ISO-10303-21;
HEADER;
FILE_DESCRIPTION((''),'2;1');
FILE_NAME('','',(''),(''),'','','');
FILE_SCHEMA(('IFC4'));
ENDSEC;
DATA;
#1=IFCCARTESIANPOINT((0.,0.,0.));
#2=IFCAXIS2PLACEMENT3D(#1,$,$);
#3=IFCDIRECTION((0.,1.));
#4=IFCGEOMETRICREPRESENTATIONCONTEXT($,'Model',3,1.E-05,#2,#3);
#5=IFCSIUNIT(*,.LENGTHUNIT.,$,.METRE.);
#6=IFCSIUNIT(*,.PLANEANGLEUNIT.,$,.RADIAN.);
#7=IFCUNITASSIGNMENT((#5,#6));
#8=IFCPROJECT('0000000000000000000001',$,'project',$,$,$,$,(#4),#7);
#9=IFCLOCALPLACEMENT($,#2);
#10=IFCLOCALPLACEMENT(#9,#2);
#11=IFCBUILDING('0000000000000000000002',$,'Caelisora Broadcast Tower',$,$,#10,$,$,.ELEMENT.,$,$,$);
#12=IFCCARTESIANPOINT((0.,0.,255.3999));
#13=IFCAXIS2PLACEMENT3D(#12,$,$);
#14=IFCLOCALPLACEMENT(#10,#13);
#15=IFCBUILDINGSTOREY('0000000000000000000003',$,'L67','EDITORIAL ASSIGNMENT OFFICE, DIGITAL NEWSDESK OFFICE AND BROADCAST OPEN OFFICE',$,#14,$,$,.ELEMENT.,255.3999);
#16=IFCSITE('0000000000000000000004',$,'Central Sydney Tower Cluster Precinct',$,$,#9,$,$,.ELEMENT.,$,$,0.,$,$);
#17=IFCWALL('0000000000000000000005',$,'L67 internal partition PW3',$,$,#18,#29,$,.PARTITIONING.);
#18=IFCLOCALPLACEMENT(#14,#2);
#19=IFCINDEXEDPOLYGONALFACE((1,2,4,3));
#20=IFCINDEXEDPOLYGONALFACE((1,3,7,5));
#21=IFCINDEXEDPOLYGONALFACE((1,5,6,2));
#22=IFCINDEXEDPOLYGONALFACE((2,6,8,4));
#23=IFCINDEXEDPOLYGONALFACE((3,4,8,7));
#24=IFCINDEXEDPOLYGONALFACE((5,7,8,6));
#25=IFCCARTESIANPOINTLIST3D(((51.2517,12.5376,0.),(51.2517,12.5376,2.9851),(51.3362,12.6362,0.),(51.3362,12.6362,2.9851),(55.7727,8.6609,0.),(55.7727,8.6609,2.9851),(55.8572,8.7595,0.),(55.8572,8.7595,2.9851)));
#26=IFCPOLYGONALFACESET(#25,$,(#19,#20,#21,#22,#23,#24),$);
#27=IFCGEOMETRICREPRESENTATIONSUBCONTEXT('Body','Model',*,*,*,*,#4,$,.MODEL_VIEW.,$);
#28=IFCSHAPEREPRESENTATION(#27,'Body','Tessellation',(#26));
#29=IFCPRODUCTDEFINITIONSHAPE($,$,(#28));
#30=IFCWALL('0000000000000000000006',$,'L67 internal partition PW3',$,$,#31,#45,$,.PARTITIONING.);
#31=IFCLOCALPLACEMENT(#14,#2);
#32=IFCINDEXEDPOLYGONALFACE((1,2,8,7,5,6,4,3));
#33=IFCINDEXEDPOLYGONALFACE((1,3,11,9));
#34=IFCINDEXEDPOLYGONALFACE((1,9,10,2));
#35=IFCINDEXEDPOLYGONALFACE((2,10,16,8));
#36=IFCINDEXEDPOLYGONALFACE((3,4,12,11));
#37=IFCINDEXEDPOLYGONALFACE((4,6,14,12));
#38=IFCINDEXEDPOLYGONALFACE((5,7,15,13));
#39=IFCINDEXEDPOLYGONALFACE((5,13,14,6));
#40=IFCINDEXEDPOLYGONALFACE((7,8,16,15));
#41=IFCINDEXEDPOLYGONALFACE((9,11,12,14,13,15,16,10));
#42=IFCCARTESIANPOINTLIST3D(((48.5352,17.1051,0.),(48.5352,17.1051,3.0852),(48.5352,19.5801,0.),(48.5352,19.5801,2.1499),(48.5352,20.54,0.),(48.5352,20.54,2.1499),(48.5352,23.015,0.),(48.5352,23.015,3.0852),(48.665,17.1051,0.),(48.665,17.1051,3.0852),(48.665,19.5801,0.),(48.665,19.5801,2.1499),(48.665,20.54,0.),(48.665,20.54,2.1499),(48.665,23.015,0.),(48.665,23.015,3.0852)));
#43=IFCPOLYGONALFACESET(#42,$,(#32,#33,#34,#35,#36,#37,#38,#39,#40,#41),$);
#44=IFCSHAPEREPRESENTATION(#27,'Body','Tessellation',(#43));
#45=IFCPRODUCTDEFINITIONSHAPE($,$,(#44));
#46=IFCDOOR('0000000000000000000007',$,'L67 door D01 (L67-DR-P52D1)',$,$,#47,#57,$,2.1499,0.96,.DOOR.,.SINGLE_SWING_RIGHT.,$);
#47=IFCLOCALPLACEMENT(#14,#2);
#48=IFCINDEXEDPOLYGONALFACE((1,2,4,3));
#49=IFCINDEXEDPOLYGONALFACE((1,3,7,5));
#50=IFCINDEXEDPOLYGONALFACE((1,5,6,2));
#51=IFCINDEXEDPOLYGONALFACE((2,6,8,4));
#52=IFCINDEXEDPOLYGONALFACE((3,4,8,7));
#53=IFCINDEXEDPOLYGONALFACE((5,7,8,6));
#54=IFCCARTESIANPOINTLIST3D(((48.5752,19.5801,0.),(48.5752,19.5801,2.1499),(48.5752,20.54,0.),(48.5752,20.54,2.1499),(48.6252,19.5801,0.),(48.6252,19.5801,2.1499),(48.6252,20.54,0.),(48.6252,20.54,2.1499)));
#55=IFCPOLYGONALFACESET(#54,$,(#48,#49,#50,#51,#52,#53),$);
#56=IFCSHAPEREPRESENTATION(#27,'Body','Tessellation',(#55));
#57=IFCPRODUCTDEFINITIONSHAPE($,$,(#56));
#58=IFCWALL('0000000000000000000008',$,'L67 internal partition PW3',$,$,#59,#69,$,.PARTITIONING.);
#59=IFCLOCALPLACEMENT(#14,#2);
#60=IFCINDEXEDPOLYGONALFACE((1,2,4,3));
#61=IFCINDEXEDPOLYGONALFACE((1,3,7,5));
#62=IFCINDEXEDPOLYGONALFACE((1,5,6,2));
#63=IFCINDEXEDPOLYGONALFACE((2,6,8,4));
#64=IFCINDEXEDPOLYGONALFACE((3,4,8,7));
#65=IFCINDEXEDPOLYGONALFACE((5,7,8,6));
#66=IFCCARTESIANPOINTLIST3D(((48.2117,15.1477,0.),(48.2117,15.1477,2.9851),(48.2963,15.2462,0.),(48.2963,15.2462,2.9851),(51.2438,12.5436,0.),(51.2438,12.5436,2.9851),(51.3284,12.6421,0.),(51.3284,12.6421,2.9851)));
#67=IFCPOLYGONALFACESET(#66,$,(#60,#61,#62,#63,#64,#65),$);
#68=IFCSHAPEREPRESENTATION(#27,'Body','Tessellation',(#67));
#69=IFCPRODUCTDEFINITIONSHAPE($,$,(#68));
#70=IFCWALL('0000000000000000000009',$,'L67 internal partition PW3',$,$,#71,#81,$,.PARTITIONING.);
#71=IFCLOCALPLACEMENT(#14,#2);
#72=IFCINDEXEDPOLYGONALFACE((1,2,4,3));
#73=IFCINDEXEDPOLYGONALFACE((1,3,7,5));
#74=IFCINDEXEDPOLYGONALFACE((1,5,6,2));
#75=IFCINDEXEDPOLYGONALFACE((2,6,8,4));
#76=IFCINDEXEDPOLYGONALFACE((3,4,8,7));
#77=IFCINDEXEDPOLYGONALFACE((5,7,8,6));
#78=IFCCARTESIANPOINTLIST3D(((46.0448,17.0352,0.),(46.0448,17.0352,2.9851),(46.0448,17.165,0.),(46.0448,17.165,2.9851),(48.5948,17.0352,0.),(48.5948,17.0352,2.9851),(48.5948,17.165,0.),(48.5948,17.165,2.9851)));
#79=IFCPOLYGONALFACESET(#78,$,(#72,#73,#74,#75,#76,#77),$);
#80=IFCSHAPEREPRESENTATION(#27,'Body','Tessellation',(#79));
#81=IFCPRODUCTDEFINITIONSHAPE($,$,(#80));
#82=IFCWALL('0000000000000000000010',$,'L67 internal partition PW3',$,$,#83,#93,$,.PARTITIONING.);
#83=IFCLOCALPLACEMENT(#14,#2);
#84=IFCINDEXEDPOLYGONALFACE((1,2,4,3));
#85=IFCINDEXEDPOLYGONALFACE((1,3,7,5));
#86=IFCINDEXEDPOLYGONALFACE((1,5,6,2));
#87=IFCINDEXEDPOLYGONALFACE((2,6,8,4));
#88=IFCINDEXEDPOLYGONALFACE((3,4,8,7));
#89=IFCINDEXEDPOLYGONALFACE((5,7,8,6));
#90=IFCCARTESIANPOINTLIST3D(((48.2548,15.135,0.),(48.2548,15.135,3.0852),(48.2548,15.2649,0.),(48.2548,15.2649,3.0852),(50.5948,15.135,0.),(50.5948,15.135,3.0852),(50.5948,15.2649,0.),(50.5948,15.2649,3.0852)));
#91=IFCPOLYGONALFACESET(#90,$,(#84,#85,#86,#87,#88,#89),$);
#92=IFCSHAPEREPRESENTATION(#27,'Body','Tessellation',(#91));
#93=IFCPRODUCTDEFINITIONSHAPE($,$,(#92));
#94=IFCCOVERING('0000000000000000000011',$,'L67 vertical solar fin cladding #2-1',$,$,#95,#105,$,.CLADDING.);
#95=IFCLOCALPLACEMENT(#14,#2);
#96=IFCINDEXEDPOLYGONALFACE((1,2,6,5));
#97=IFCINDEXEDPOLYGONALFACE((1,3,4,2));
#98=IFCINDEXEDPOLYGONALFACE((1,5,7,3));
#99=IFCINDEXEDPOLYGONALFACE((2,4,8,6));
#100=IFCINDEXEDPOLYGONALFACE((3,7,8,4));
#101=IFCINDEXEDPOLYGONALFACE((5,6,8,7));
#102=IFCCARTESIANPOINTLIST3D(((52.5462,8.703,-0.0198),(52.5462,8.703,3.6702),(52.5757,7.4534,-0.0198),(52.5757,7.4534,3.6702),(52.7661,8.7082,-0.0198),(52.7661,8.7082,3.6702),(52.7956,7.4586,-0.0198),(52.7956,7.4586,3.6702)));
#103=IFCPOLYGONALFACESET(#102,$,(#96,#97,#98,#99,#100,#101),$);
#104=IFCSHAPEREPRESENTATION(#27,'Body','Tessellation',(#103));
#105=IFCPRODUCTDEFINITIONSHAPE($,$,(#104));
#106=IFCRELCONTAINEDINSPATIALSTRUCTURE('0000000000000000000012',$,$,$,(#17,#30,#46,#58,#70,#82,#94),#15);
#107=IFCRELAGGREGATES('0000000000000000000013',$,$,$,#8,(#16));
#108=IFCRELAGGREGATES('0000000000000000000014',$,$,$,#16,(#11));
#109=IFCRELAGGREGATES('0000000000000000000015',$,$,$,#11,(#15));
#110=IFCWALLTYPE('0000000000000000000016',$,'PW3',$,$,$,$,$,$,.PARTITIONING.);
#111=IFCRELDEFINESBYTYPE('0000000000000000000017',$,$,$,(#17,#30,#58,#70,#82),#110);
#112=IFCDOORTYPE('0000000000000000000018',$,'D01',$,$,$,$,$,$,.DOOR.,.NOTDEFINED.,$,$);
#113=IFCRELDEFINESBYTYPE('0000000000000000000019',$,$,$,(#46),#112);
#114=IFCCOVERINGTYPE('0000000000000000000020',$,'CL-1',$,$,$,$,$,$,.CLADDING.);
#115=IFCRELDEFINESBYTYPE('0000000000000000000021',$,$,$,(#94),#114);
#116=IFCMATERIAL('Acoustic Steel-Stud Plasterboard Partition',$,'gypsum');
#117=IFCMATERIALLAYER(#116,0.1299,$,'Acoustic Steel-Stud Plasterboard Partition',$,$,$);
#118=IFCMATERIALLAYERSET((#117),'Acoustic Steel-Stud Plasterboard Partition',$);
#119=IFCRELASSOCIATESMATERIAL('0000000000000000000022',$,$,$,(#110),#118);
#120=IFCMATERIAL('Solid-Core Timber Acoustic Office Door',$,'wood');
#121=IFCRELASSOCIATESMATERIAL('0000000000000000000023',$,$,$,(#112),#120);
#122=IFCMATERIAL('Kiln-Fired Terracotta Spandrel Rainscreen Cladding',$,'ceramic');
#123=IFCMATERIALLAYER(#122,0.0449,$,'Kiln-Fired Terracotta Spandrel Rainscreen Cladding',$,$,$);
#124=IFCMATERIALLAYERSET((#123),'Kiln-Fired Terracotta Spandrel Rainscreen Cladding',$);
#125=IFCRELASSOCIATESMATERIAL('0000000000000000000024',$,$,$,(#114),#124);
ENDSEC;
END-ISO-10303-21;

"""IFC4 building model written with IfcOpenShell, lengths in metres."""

from ifc_helpers import new_model, si_unit, direction, frame, frame_2d, origin, origin_2d, place, context, subcontext, project, spatial, rectangle, extrude, source, transform, mapped, material, layer, layer_set, type_object, type_shapes, element, fill, save


model = new_model("IFC4")

# Units and contexts
model_context = context("Model", 3, precision=1e-05, world=origin(), true_north=direction((0.0, 1.0)))
body_context = subcontext(model_context, "Body", "Model", "MODEL_VIEW")
ifc_project = project(units=[si_unit("LENGTHUNIT", "METRE"), si_unit("PLANEANGLEUNIT", "RADIAN")], contexts=[model_context])

# Site, building, storey
site_placement = place(None, origin())
site = spatial("IfcSite", under=ifc_project, at=site_placement, Name="Central Sydney Tower Cluster Precinct", CompositionType="ELEMENT", RefElevation=0.0)
building_placement = place(site_placement, origin())
building = spatial("IfcBuilding", under=site, at=building_placement, Name="Caelisora Broadcast Tower", CompositionType="ELEMENT")
storey_placement = place(building_placement, frame((0.0, 0.0, 255.3999)))
storey = spatial("IfcBuildingStorey", under=building, at=storey_placement, Name="L67", Description="EDITORIAL ASSIGNMENT OFFICE, DIGITAL NEWSDESK OFFICE AND BROADCAST OPEN OFFICE", CompositionType="ELEMENT", Elevation=255.3999)

# Shared definitions
ifc_material_1 = material(Name="Acoustic Steel-Stud Plasterboard Partition", Category="gypsum")
ifc_layer_1 = layer(ifc_material_1, 0.1299, Name="Acoustic Steel-Stud Plasterboard Partition")
ifc_layer_set_1 = layer_set([ifc_layer_1], Name="Acoustic Steel-Stud Plasterboard Partition")
wall_type = type_object("IfcWallType", Name="PW3", PredefinedType="PARTITIONING", material=ifc_layer_set_1)
ifc_material_2 = material(Name="Solid-Core Timber Acoustic Office Door", Category="wood")
door_type = type_object("IfcDoorType", Name="D01", OperationType="NOTDEFINED", PredefinedType="DOOR", material=ifc_material_2)

# Wall
wall_1_placement = place(storey_placement, frame((51.2939, 12.5869, 0.0), z_axis=(0.0, 0.0, 1.0), x_axis=(0.759126, -0.650943, 0.0)))
element("IfcWall", 1, at=wall_1_placement, inside=storey, type_object=wall_type, Name="L67 internal partition PW3", PredefinedType="PARTITIONING", context=body_context, shape_type="SweptSolid", body=[
    extrude(rectangle(XDim=5.9556, YDim=0.1299, at=frame_2d((2.9778, 0.0))), origin(), (0.0, 0.0, 1.0), 2.9851),
])

# Wall, opening, door
wall_2_placement = place(storey_placement, frame((48.6001, 17.105, 0.0), z_axis=(0.0, 0.0, 1.0), x_axis=(0.0, 1.0, 0.0)))
wall_2 = element("IfcWall", 2, at=wall_2_placement, inside=storey, type_object=wall_type, Name="L67 internal partition PW3", PredefinedType="PARTITIONING", context=body_context, shape_type="SweptSolid", body=[
    extrude(rectangle(XDim=5.9099, YDim=0.1299, at=frame_2d((2.9551, 0.0))), origin(), (0.0, 0.0, 1.0), 3.0852),
])
opening_1_placement = place(wall_2_placement, frame((2.4751, 0.0, 0.0)))
opening_1 = element("IfcOpeningElement", 3, at=opening_1_placement, cuts=wall_2, PredefinedType="OPENING", context=body_context, shape_type="SweptSolid", body=[
    extrude(rectangle(XDim=0.96, YDim=2.1499, at=frame_2d((0.48, 1.075))), frame((0.0, 0.0769, 0.0), z_axis=(0.0, -1.0, 0.0), x_axis=(1.0, 0.0, 0.0)), (0.0, 0.0, 1.0), 0.1538),
])
door_1_placement = place(opening_1_placement, origin())
door_1 = element("IfcDoor", 4, at=door_1_placement, inside=storey, type_object=door_type, Name="L67 door D01 (L67-DR-P52D1)", OperationType="SINGLE_SWING_RIGHT", OverallHeight=2.1499, OverallWidth=0.96, PredefinedType="DOOR", context=body_context, shape_type="SweptSolid", body=[
    extrude(rectangle(XDim=0.96, YDim=2.1499, at=frame_2d((0.48, 1.075))), frame((0.0, 0.0249, 0.0), z_axis=(0.0, -1.0, 0.0), x_axis=(1.0, 0.0, 0.0)), (0.0, 0.0, 1.0), 0.05),
])
fill(opening_1, door_1)

# Walls
wall_3_placement = place(storey_placement, frame((48.2539, 15.197, 0.0), z_axis=(0.0, 0.0, 1.0), x_axis=(0.758618, -0.651536, 0.0)))
element("IfcWall", 5, at=wall_3_placement, inside=storey, type_object=wall_type, Name="L67 internal partition PW3", PredefinedType="PARTITIONING", context=body_context, shape_type="SweptSolid", body=[
    extrude(rectangle(XDim=3.9968, YDim=0.1299, at=frame_2d((1.9985, 0.0))), origin(), (0.0, 0.0, 1.0), 2.9851),
])
wall_4_placement = place(storey_placement, frame((46.0449, 17.1001, 0.0), z_axis=(0.0, 0.0, 1.0), x_axis=(1.0, 0.0, 0.0)))
element("IfcWall", 6, at=wall_4_placement, inside=storey, type_object=wall_type, Name="L67 internal partition PW3", PredefinedType="PARTITIONING", context=body_context, shape_type="SweptSolid", body=[
    extrude(rectangle(XDim=2.55, YDim=0.1299, at=frame_2d((1.2749, 0.0))), origin(), (0.0, 0.0, 1.0), 2.9851),
])
wall_5_placement = place(storey_placement, frame((48.2549, 15.2, 0.0), z_axis=(0.0, 0.0, 1.0), x_axis=(1.0, 0.0, 0.0)))
element("IfcWall", 7, at=wall_5_placement, inside=storey, type_object=wall_type, Name="L67 internal partition PW3", PredefinedType="PARTITIONING", context=body_context, shape_type="SweptSolid", body=[
    extrude(rectangle(XDim=2.3401, YDim=0.1299, at=frame_2d((1.1699, 0.0))), origin(), (0.0, 0.0, 1.0), 3.0852),
])

# Covering
ifc_material_3 = material(Name="Kiln-Fired Terracotta Spandrel Rainscreen Cladding", Category="ceramic")
ifc_layer_2 = layer(ifc_material_3, 0.0449, Name="Kiln-Fired Terracotta Spandrel Rainscreen Cladding")
ifc_layer_set_2 = layer_set([ifc_layer_2], Name="Kiln-Fired Terracotta Spandrel Rainscreen Cladding")
covering_type = type_object("IfcCoveringType", Name="CL-1", PredefinedType="CLADDING", material=ifc_layer_set_2)
shared_shape_1 = source(origin(), body_context, "Body", "SweptSolid", [
    extrude(rectangle(XDim=0.22, YDim=1.25, at=origin_2d()), origin(), (0.0, 0.0, 1.0), 3.6899),
])
type_shapes(covering_type, [shared_shape_1])
covering_placement = place(storey_placement, frame((52.6709, 8.0808, -0.0198), z_axis=(0.0, 0.0, 1.0), x_axis=(-0.999722, -0.02356, 0.0)))
element("IfcCovering", 8, at=covering_placement, inside=storey, type_object=covering_type, Name="L67 vertical solar fin cladding #2-1", PredefinedType="CLADDING", context=body_context, shape_type="MappedRepresentation", body=[
    mapped(shared_shape_1, transform((0.0, 0.0, 0.0), scale=1.0)),
])

save(model, "model.ifc")
